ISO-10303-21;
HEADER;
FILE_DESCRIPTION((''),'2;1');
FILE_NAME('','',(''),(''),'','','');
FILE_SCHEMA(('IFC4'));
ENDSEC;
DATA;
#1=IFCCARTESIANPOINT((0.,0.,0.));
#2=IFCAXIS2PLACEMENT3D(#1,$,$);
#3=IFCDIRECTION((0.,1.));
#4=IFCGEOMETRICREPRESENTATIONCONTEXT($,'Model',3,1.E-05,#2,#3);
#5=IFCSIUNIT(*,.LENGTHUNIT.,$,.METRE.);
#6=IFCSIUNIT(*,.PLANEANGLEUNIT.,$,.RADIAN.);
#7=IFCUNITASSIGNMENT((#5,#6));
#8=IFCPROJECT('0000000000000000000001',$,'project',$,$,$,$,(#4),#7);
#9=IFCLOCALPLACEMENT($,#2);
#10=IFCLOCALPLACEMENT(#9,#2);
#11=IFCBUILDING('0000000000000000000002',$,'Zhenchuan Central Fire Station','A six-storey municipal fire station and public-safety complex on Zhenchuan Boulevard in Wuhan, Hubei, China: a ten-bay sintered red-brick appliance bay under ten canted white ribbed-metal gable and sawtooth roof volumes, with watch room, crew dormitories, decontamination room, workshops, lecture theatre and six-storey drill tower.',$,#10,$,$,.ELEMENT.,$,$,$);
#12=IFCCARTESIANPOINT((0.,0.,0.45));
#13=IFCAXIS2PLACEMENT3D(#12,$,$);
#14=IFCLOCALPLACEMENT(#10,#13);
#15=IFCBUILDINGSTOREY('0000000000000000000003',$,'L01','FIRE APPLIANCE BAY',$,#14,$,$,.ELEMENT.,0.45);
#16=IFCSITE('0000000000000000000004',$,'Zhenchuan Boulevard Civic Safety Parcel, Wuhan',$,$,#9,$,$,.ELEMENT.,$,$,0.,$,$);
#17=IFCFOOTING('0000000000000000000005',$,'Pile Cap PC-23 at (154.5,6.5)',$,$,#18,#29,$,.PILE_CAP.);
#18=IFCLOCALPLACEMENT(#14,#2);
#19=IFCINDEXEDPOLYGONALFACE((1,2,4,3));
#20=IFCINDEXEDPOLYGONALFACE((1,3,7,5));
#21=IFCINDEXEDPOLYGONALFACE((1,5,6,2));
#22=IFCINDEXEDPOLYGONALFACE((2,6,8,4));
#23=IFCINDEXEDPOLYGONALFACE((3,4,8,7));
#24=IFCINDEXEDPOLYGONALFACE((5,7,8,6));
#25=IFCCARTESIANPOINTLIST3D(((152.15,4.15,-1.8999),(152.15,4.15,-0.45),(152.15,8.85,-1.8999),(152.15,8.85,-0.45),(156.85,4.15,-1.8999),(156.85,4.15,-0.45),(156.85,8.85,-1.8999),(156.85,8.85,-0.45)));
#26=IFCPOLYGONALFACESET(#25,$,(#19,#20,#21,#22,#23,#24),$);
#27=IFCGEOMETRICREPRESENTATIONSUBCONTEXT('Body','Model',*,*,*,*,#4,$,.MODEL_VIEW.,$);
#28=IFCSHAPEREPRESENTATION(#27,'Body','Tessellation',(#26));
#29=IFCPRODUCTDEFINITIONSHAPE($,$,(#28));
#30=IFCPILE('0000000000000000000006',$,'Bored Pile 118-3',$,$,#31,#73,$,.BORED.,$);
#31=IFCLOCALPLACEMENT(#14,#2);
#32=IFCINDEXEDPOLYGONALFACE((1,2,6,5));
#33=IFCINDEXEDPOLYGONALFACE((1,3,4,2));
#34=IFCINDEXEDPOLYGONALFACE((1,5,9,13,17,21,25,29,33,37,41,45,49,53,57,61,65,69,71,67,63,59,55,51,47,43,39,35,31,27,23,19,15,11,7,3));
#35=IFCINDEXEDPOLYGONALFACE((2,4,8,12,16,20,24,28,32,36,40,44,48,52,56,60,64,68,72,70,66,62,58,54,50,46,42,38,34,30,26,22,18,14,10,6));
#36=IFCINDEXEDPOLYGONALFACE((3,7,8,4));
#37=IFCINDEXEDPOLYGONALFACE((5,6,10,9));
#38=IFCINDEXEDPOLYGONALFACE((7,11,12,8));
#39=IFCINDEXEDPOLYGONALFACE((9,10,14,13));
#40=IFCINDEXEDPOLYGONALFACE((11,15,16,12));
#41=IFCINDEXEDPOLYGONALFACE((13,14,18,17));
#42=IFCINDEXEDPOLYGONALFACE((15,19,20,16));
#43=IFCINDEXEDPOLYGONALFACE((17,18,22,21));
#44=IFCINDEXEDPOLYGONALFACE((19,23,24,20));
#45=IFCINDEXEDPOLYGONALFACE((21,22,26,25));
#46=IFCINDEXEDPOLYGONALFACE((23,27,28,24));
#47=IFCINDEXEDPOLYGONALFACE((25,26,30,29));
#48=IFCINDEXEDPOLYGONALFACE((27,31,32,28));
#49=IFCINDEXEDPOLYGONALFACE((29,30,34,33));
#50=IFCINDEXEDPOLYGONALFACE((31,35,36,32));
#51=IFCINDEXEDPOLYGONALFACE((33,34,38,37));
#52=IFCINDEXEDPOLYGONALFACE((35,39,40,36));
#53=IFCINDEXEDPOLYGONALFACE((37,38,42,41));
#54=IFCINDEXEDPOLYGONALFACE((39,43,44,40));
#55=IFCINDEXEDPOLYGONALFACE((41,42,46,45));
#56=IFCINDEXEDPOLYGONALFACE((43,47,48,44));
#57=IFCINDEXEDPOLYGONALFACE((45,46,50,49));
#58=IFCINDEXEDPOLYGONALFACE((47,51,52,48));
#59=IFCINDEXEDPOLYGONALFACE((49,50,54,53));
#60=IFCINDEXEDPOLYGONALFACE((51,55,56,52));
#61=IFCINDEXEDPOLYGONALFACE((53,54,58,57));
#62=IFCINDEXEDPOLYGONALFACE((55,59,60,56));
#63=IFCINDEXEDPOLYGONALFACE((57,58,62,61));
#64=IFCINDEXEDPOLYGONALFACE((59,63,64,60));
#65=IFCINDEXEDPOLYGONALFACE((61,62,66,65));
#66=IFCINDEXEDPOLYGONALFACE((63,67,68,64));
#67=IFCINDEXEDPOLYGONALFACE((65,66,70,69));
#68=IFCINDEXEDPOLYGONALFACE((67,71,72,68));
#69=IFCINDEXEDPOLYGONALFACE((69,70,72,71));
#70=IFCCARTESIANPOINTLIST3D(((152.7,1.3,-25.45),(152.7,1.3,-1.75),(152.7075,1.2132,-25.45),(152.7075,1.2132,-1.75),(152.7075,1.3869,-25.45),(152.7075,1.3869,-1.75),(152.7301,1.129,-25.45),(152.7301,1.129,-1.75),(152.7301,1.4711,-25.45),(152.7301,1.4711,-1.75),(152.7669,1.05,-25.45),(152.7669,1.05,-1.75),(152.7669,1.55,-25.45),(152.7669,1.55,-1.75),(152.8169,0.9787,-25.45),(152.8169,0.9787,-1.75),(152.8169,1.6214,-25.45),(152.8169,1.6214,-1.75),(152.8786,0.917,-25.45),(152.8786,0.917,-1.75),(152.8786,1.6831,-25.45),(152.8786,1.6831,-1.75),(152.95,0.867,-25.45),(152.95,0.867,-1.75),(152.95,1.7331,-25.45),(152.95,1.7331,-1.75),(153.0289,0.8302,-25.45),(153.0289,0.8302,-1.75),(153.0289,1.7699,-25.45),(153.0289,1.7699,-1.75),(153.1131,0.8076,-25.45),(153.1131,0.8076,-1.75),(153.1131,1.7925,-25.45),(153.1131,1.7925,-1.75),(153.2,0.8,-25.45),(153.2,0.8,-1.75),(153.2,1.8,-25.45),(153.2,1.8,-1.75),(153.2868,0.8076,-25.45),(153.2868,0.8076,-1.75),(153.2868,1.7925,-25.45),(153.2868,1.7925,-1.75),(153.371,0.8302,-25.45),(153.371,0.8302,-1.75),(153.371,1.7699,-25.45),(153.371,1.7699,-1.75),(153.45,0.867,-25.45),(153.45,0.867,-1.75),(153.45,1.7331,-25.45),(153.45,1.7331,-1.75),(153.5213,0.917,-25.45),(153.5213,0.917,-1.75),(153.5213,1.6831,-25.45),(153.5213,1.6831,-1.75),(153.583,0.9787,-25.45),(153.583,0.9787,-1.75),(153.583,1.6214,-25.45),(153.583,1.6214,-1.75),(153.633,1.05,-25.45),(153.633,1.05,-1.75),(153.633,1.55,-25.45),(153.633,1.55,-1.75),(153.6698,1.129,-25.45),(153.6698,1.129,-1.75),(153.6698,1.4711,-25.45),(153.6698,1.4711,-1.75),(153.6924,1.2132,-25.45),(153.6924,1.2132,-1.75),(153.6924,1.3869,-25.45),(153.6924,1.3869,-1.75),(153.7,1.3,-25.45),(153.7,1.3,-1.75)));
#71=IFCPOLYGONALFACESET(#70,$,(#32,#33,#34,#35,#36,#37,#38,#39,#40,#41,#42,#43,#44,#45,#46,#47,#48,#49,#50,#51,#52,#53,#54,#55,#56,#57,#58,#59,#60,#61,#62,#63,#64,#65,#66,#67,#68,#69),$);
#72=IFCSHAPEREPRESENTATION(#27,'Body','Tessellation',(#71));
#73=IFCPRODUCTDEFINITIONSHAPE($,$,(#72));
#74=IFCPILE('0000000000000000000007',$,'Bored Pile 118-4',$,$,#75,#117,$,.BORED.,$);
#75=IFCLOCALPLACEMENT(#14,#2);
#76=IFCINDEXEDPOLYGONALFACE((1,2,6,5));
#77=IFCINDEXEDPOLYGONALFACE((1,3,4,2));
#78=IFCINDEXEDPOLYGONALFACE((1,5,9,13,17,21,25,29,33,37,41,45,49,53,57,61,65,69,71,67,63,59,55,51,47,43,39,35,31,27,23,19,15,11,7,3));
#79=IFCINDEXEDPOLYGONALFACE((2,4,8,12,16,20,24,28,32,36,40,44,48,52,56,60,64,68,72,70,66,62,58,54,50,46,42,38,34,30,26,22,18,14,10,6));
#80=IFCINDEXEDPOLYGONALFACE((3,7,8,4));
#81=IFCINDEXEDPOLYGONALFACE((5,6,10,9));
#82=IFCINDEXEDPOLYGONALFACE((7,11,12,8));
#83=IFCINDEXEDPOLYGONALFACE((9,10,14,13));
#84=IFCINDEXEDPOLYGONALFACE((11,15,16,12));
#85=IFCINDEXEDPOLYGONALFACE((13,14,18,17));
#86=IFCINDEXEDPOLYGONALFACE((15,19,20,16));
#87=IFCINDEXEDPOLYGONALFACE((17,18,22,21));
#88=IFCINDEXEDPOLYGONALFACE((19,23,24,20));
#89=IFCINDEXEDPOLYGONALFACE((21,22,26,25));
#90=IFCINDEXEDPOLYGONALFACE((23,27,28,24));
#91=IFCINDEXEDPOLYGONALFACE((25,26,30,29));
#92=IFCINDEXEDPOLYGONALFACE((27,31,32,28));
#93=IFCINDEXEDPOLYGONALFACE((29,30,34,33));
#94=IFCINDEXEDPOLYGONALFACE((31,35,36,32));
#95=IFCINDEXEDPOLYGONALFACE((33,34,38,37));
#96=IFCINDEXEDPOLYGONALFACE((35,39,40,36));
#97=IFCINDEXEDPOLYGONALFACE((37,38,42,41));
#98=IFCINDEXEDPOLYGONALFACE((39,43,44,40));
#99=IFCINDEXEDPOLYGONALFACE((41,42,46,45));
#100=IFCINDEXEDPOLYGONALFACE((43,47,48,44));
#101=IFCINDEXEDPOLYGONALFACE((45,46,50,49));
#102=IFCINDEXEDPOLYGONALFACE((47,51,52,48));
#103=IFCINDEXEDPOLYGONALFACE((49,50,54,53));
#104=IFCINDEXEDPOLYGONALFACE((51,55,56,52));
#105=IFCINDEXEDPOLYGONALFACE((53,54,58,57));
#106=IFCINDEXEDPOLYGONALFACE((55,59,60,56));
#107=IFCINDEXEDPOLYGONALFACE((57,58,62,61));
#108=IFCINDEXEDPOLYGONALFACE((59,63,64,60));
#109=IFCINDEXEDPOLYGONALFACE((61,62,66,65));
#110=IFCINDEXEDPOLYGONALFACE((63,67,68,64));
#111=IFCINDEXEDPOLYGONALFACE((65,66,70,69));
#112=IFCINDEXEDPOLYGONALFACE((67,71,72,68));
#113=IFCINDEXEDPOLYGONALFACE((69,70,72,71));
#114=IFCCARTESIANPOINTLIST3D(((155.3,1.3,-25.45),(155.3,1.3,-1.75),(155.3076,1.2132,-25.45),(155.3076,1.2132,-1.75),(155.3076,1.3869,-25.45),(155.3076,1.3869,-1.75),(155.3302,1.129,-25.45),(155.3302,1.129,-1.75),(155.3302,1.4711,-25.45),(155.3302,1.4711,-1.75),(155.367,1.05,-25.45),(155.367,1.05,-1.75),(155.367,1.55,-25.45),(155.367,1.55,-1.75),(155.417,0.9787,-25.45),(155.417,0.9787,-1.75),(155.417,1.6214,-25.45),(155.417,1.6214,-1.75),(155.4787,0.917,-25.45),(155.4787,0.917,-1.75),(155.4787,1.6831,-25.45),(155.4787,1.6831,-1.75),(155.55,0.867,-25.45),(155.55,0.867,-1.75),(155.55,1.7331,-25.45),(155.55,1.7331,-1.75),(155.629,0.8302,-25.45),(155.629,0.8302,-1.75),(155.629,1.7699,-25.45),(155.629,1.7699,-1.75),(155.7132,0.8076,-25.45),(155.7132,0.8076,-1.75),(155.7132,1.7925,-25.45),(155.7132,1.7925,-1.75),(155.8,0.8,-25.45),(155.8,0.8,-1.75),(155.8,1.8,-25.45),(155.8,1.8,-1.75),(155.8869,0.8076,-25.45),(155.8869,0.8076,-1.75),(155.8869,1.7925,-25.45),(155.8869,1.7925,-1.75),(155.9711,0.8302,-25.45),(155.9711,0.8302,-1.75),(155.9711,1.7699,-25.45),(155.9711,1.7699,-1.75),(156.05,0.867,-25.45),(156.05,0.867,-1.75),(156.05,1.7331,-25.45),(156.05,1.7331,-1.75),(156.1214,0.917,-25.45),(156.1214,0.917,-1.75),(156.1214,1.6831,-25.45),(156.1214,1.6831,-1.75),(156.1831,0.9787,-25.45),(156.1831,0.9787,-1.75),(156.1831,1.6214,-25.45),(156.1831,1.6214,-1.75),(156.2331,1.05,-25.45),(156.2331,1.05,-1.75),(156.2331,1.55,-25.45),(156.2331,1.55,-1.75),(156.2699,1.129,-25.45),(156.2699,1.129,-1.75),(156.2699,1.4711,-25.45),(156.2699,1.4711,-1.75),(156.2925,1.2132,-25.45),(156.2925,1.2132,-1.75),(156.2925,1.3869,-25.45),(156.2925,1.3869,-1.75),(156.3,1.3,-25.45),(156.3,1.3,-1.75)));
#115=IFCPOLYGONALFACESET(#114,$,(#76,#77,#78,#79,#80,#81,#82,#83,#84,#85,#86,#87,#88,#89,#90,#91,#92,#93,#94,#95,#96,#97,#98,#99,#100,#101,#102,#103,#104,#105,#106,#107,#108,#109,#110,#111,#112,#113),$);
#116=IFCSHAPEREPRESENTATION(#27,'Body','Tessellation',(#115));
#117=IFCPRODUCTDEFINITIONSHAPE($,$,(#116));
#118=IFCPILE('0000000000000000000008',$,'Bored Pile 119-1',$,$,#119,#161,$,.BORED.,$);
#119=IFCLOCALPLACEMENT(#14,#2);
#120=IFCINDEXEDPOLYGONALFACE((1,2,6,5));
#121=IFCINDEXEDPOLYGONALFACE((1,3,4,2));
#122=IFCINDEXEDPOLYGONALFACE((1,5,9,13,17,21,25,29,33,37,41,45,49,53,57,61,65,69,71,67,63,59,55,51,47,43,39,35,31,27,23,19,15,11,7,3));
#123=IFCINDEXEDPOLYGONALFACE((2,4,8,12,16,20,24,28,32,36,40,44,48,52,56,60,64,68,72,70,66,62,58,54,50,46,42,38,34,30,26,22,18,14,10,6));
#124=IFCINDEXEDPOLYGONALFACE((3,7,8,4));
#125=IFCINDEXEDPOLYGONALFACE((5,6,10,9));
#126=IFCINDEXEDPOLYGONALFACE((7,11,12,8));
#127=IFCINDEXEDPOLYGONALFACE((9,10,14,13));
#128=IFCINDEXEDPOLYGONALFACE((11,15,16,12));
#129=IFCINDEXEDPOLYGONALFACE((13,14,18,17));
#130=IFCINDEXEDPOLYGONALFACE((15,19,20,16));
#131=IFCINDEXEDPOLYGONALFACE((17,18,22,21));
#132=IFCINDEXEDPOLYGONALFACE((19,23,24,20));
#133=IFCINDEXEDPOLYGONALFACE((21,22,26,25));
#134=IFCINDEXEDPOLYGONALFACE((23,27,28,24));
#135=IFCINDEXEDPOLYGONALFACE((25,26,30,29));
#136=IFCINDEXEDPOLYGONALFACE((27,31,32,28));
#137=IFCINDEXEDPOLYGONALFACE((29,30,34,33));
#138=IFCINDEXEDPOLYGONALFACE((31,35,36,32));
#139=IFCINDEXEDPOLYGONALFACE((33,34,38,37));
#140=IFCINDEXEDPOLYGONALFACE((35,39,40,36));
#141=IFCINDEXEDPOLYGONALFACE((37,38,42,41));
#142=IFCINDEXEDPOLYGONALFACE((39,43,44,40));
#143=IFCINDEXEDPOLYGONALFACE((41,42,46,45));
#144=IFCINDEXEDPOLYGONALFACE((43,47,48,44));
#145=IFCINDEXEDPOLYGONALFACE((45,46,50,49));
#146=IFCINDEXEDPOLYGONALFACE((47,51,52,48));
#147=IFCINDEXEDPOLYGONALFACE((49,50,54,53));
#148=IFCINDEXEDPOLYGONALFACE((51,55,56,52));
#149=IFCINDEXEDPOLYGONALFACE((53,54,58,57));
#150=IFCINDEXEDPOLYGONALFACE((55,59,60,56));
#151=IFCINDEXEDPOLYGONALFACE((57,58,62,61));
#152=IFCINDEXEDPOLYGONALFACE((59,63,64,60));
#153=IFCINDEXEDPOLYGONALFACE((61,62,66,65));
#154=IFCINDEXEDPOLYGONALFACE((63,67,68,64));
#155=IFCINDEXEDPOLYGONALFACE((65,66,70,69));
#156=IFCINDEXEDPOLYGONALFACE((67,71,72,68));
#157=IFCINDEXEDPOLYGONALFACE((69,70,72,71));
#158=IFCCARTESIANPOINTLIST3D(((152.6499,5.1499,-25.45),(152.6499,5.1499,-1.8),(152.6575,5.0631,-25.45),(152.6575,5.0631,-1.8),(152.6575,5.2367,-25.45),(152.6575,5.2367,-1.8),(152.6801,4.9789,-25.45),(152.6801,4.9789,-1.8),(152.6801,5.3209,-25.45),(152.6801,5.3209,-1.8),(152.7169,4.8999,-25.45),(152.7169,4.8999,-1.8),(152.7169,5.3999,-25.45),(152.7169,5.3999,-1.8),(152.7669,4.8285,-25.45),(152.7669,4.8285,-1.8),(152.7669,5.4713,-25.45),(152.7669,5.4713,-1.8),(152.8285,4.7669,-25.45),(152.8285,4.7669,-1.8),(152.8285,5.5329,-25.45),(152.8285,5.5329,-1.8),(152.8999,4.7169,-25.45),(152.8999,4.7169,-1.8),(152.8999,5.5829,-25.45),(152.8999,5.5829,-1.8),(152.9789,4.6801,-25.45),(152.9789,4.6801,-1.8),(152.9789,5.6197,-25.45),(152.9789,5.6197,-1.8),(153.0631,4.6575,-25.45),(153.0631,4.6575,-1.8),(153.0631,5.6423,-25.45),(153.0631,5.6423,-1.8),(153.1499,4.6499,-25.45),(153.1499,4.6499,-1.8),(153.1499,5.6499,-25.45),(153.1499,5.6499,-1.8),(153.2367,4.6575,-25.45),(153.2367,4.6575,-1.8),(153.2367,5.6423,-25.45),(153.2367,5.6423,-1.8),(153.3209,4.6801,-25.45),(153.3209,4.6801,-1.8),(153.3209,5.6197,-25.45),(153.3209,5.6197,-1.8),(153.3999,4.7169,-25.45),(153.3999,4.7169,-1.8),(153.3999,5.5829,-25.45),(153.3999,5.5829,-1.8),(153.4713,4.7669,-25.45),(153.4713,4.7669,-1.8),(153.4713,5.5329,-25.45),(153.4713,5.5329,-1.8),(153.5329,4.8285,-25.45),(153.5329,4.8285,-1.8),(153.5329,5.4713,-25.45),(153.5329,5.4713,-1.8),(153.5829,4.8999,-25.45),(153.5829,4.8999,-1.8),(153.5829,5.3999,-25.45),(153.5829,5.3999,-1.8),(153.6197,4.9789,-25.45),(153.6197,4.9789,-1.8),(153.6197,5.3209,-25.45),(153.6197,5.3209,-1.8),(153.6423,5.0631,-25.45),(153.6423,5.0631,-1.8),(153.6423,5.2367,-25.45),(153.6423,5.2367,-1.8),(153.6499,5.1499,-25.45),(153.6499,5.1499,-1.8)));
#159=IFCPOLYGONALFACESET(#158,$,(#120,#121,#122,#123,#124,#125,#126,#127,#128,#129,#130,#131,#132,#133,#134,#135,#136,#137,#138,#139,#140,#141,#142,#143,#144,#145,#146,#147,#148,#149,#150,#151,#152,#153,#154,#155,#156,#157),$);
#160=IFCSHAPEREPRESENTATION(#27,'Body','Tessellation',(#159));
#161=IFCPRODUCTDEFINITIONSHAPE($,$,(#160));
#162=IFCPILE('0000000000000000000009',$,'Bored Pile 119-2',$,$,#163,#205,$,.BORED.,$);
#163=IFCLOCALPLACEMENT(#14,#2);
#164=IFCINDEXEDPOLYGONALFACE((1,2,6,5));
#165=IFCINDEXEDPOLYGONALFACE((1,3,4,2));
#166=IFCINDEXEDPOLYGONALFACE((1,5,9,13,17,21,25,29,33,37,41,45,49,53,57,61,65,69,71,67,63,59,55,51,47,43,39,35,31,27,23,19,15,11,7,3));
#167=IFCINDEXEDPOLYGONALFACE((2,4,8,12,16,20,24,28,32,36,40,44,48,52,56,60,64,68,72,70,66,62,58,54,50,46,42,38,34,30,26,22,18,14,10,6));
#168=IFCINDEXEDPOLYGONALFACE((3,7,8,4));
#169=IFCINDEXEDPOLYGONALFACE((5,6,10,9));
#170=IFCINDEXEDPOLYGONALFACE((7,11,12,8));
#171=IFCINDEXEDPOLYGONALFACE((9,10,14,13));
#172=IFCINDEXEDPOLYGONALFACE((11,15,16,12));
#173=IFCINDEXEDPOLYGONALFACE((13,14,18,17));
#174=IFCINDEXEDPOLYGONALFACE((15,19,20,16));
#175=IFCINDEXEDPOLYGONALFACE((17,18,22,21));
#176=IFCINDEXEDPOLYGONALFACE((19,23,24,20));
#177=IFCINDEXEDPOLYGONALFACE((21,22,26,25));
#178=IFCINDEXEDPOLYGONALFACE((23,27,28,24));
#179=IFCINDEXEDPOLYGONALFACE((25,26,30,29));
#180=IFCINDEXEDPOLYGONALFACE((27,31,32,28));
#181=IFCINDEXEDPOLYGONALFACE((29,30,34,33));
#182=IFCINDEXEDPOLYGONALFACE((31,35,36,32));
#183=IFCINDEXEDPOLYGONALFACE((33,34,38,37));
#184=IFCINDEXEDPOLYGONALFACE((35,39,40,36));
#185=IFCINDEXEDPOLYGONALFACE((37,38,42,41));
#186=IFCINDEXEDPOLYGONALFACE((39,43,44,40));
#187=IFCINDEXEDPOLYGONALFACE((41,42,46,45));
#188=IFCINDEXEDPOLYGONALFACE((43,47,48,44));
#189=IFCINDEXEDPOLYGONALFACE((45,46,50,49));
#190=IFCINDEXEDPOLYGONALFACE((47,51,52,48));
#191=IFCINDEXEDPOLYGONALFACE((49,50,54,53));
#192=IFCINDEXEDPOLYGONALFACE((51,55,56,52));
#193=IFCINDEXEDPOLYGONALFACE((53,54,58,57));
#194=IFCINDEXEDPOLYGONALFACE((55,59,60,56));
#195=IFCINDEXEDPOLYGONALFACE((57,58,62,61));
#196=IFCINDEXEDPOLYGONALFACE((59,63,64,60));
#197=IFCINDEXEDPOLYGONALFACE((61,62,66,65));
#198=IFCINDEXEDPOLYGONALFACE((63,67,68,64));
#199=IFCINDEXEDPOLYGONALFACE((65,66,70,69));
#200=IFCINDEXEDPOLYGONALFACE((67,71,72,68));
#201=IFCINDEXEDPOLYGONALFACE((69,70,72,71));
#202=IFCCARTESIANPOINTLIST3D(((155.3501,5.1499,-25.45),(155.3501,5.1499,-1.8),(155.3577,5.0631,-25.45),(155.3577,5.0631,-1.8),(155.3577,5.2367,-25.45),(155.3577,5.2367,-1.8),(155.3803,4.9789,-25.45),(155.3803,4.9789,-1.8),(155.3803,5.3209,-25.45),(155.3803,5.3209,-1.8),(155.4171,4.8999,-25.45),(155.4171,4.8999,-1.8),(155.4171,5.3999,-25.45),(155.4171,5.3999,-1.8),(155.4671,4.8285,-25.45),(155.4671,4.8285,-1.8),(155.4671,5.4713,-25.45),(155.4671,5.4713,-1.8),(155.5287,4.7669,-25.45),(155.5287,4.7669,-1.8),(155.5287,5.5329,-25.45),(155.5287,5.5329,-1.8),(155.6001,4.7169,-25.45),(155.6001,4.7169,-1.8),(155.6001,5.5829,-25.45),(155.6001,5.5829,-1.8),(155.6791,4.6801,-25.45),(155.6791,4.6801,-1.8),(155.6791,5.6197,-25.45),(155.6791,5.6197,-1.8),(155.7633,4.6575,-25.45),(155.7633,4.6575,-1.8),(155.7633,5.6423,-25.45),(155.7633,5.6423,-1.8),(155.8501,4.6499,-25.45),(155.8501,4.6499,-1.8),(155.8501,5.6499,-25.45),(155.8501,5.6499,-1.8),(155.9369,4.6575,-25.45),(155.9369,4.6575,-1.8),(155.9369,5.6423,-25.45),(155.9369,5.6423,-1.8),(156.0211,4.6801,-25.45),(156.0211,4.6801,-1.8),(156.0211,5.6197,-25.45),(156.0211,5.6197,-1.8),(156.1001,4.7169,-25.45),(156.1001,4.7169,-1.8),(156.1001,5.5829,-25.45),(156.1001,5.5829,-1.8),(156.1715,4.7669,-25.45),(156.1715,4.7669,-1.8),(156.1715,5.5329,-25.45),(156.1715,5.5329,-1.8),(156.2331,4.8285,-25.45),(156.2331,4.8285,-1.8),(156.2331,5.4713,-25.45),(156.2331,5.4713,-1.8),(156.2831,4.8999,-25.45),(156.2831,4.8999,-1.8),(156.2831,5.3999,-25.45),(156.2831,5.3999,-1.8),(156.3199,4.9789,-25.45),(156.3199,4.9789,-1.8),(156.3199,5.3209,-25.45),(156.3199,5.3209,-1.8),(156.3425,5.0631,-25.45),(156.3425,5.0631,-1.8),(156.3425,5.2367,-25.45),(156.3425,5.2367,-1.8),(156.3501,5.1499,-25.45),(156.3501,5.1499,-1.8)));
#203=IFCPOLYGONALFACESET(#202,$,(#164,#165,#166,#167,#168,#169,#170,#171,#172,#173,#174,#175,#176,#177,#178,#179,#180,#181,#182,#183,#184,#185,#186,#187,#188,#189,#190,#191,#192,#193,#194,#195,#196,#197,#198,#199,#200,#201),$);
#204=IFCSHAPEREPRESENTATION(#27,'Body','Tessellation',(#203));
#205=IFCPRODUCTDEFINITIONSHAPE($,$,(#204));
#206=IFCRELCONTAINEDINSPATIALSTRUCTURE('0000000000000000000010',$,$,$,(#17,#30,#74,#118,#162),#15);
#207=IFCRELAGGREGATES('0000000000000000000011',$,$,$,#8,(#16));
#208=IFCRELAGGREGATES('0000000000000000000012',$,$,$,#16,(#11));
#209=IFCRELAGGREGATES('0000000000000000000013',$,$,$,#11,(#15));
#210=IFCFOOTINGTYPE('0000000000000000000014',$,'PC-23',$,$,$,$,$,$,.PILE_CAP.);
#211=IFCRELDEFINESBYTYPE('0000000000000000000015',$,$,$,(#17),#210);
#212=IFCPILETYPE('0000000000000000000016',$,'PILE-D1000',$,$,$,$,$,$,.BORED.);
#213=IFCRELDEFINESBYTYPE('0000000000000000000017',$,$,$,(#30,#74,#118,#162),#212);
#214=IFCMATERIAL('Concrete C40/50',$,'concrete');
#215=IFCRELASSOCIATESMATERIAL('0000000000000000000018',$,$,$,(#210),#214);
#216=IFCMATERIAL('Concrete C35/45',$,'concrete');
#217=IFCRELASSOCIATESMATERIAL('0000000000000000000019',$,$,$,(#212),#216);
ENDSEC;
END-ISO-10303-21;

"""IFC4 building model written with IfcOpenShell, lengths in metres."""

from ifc_helpers import new_model, si_unit, direction, frame, origin, origin_2d, place, context, subcontext, project, spatial, rectangle, circle, extrude, material, material_profile, profile_set, type_object, element, save


model = new_model("IFC4")

# Units and contexts
model_context = context("Model", 3, precision=1e-05, world=origin(), true_north=direction((0.0, 1.0)))
body_context = subcontext(model_context, "Body", "Model", "MODEL_VIEW")
ifc_project = project(units=[si_unit("LENGTHUNIT", "METRE"), si_unit("PLANEANGLEUNIT", "RADIAN")], contexts=[model_context])

# Site, building, storey
site_placement = place(None, origin())
site = spatial("IfcSite", under=ifc_project, at=site_placement, Name="Zhenchuan Boulevard Civic Safety Parcel, Wuhan", CompositionType="ELEMENT", RefElevation=0.0)
building_placement = place(site_placement, origin())
building = spatial("IfcBuilding", under=site, at=building_placement, Name="Zhenchuan Central Fire Station", Description="A six-storey municipal fire station and public-safety complex on Zhenchuan Boulevard in Wuhan, Hubei, China: a ten-bay sintered red-brick appliance bay under ten canted white ribbed-metal gable and sawtooth roof volumes, with watch room, crew dormitories, decontamination room, workshops, lecture theatre and six-storey drill tower.", CompositionType="ELEMENT")
storey_placement = place(building_placement, frame((0.0, 0.0, 0.45)))
storey = spatial("IfcBuildingStorey", under=building, at=storey_placement, Name="L01", Description="FIRE APPLIANCE BAY", CompositionType="ELEMENT", Elevation=0.45)

# Footing
ifc_material_1 = material(Name="Concrete C40/50", Category="concrete")
footing_type = type_object("IfcFootingType", Name="PC-23", PredefinedType="PILE_CAP", material=ifc_material_1)
footing_placement = place(storey_placement, frame((154.5, 6.5, -1.8999), z_axis=(0.0, 0.0, 1.0), x_axis=(1.0, 0.0, 0.0)))
element("IfcFooting", 1, at=footing_placement, inside=storey, type_object=footing_type, Name="Pile Cap PC-23 at (154.5,6.5)", PredefinedType="PILE_CAP", context=body_context, shape_type="SweptSolid", body=[
    extrude(rectangle(XDim=4.7, YDim=4.7, at=origin_2d()), origin(), (0.0, 0.0, 1.0), 1.45),
])

# Piles
ifc_material_2 = material(Name="Concrete C35/45", Category="concrete")
ifc_material_profile_1 = material_profile(ifc_material_2, circle(Radius=0.5, at=origin_2d()), Name="PILE D1000")
ifc_profile_set_1 = profile_set([ifc_material_profile_1], Name="Concrete C35/45")
pile_type_1 = type_object("IfcPileType", Name="PILE-D1000", PredefinedType="BORED", material=ifc_profile_set_1)
for number, where, z_axis, x_axis, name in (
    (2, (153.2, 1.3, -1.75), (0.0, 0.0, -1.0), (1.0, 0.0, 0.0), "Bored Pile 118-3"),
    (3, (155.8, 1.3, -1.75), (0.0, 0.0, -1.0), (1.0, 0.0, 0.0), "Bored Pile 118-4"),
):
    element("IfcPile", number, at=place(storey_placement, frame(where, z_axis=z_axis, x_axis=x_axis)), inside=storey, type_object=pile_type_1, Name=name, PredefinedType="BORED", context=body_context, shape_type="SweptSolid", body=[
        extrude(circle(Radius=0.5, at=origin_2d()), origin(), (0.0, 0.0, 1.0), 23.7),
    ])
for number, where, z_axis, x_axis, name in (
    (4, (153.1499, 5.1499, -1.8), (0.0, 0.0, -1.0), (1.0, 0.0, 0.0), "Bored Pile 119-1"),
    (5, (155.8501, 5.1499, -1.8), (0.0, 0.0, -1.0), (1.0, 0.0, 0.0), "Bored Pile 119-2"),
):
    element("IfcPile", number, at=place(storey_placement, frame(where, z_axis=z_axis, x_axis=x_axis)), inside=storey, type_object=pile_type_1, Name=name, PredefinedType="BORED", context=body_context, shape_type="SweptSolid", body=[
        extrude(circle(Radius=0.5, at=origin_2d()), origin(), (0.0, 0.0, 1.0), 23.6499),
    ])

save(model, "model.ifc")
